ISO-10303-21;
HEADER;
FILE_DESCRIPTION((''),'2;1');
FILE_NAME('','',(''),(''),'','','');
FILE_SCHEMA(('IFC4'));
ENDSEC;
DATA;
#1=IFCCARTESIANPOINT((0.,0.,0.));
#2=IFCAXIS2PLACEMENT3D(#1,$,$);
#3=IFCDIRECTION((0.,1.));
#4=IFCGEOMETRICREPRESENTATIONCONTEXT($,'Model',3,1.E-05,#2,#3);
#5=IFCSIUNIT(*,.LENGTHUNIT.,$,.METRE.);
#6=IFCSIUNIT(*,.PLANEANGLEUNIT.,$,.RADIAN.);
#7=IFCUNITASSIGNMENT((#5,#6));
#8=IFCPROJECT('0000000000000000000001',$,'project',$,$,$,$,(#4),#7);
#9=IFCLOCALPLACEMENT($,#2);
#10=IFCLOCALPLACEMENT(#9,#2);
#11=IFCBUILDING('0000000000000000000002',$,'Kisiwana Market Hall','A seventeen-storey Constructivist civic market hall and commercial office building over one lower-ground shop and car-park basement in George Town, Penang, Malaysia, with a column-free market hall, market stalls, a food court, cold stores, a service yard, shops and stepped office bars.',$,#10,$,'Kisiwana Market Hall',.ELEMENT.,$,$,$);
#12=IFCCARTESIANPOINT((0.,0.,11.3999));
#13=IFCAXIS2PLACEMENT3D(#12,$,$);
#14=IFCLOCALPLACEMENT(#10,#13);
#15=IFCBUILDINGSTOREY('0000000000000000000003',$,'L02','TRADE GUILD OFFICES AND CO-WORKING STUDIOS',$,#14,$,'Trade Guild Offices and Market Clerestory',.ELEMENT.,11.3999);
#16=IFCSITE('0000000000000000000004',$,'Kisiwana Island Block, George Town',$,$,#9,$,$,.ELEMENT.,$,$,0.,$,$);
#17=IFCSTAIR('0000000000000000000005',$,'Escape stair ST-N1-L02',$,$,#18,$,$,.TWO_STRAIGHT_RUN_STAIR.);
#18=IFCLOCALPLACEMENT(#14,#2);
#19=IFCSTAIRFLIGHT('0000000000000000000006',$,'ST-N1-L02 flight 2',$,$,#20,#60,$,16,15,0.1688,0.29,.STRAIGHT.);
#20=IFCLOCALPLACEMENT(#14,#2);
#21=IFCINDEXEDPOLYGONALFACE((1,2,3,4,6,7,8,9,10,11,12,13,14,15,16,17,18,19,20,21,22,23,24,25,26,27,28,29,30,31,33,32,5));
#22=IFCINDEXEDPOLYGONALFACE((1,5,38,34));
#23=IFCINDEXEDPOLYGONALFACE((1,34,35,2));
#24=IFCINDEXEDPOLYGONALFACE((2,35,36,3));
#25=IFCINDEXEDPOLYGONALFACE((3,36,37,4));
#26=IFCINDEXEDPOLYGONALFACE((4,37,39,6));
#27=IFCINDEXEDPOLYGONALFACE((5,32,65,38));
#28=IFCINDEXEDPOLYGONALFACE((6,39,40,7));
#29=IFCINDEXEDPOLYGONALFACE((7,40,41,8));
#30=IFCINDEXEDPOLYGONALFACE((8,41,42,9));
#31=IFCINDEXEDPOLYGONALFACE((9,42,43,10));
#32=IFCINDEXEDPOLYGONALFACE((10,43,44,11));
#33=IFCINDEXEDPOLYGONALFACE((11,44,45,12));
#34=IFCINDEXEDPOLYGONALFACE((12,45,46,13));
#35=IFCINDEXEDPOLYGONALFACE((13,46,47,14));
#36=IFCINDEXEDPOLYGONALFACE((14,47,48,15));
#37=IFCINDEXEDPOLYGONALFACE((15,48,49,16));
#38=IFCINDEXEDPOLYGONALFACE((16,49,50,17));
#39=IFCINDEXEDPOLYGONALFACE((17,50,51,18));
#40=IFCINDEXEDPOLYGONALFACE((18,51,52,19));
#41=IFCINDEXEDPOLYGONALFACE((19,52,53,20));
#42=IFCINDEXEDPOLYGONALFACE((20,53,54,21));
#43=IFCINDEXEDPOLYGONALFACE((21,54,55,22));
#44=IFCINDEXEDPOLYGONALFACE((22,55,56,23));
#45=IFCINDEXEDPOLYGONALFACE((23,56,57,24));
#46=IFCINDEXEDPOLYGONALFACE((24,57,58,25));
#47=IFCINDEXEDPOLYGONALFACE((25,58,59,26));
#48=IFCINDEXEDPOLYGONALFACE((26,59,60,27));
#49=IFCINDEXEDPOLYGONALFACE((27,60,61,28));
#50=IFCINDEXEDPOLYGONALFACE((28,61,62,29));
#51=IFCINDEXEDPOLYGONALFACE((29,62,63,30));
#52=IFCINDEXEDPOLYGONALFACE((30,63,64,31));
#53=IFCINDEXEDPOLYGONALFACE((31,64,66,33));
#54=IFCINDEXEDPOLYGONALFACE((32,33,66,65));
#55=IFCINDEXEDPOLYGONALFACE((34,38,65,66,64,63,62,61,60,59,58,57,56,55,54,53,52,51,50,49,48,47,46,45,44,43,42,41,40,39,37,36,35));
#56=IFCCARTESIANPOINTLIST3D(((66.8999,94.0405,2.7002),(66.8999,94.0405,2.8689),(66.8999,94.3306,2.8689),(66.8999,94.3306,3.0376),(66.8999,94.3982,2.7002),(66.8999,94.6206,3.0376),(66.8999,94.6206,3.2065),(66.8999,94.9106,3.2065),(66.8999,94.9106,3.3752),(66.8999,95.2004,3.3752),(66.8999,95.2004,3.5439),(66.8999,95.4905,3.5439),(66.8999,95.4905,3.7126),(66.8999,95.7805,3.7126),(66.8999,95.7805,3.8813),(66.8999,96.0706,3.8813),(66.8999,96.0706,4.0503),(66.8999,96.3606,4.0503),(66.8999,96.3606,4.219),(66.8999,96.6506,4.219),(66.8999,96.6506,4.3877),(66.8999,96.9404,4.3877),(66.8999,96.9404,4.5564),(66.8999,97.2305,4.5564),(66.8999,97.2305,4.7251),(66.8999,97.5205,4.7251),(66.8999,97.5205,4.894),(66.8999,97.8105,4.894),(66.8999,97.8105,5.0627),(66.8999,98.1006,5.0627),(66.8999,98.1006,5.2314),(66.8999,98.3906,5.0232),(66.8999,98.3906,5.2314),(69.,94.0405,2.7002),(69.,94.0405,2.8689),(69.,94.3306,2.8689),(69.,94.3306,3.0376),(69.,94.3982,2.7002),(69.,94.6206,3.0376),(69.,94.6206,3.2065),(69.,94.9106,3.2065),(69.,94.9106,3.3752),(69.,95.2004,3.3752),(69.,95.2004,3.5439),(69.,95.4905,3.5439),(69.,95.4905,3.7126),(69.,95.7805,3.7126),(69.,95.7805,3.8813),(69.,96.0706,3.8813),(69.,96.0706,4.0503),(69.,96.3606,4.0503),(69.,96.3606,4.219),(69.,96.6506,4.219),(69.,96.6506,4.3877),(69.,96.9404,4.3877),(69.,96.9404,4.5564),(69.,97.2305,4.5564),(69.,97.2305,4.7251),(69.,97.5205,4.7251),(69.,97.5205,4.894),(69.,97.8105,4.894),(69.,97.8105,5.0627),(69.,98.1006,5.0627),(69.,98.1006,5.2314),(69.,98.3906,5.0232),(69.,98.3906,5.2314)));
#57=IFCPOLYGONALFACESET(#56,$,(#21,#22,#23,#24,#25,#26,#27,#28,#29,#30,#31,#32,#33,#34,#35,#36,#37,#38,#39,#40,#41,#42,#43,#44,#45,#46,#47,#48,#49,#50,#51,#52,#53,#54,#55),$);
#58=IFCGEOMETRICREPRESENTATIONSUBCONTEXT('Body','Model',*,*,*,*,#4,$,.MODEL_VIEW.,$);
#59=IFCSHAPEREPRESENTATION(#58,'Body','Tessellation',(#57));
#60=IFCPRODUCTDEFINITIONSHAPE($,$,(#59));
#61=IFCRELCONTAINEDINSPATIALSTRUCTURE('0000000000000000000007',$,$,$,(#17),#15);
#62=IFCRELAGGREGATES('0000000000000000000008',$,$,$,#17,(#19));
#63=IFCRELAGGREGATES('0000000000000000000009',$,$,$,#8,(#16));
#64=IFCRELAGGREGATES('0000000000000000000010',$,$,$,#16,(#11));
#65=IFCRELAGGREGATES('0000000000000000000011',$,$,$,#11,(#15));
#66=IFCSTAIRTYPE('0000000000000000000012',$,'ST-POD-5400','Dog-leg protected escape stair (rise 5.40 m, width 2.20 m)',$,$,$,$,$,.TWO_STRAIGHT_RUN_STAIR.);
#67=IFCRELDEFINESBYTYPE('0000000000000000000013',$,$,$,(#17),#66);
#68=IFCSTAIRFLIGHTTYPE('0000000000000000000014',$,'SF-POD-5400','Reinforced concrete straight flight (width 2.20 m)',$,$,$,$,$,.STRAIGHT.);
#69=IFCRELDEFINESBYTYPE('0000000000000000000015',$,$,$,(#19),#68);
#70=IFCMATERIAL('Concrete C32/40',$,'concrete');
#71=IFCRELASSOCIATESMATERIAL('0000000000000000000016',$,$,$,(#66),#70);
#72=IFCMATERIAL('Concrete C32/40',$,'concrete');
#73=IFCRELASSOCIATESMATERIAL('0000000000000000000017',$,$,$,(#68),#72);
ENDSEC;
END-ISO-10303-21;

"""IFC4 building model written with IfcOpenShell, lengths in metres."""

from ifc_helpers import new_model, si_unit, direction, frame, origin, place, context, subcontext, project, spatial, polyline, outline, extrude, material, type_object, element, aggregate, save


model = new_model("IFC4")

# Units and contexts
model_context = context("Model", 3, precision=1e-05, world=origin(), true_north=direction((0.0, 1.0)))
body_context = subcontext(model_context, "Body", "Model", "MODEL_VIEW")
ifc_project = project(units=[si_unit("LENGTHUNIT", "METRE"), si_unit("PLANEANGLEUNIT", "RADIAN")], contexts=[model_context])

# Site, building, storey
site_placement = place(None, origin())
site = spatial("IfcSite", under=ifc_project, at=site_placement, Name="Kisiwana Island Block, George Town", CompositionType="ELEMENT", RefElevation=0.0)
building_placement = place(site_placement, origin())
building = spatial("IfcBuilding", under=site, at=building_placement, Name="Kisiwana Market Hall", Description="A seventeen-storey Constructivist civic market hall and commercial office building over one lower-ground shop and car-park basement in George Town, Penang, Malaysia, with a column-free market hall, market stalls, a food court, cold stores, a service yard, shops and stepped office bars.", LongName="Kisiwana Market Hall", CompositionType="ELEMENT")
storey_placement = place(building_placement, frame((0.0, 0.0, 11.3999)))
storey = spatial("IfcBuildingStorey", under=building, at=storey_placement, Name="L02", Description="TRADE GUILD OFFICES AND CO-WORKING STUDIOS", LongName="Trade Guild Offices and Market Clerestory", CompositionType="ELEMENT", Elevation=11.3999)

# Stair, stair flight
ifc_material_1 = material(Name="Concrete C32/40", Category="concrete")
stair_type = type_object("IfcStairType", Name="ST-POD-5400", Description="Dog-leg protected escape stair (rise 5.40 m, width 2.20 m)", PredefinedType="TWO_STRAIGHT_RUN_STAIR", material=ifc_material_1)
stair_placement = place(storey_placement, origin())
stair = element("IfcStair", 1, at=stair_placement, inside=storey, type_object=stair_type, Name="Escape stair ST-N1-L02", PredefinedType="TWO_STRAIGHT_RUN_STAIR")
ifc_material_2 = material(Name="Concrete C32/40", Category="concrete")
stair_flight_type = type_object("IfcStairFlightType", Name="SF-POD-5400", Description="Reinforced concrete straight flight (width 2.20 m)", PredefinedType="STRAIGHT", material=ifc_material_2)
stair_flight_1_placement = place(storey_placement, frame((67.95, 94.0405, 2.7002), z_axis=(0.0, 0.0, 1.0), x_axis=(0.0, 1.0, 0.0)))
stair_flight_1 = element("IfcStairFlight", 2, at=stair_flight_1_placement, type_object=stair_flight_type, Name="ST-N1-L02 flight 2", NumberOfRisers=16, NumberOfTreads=15, PredefinedType="STRAIGHT", RiserHeight=0.1688, TreadLength=0.29, context=body_context, shape_type="SweptSolid", body=[
    extrude(outline(polyline([(0.0, 0.0), (0.0, 0.1687), (0.29, 0.1687), (0.29, 0.3374), (0.5801, 0.3374), (0.5801, 0.5063), (0.8701, 0.5063), (0.8701, 0.675), (1.1599, 0.675), (1.1599, 0.8438), (1.45, 0.8438), (1.45, 1.0125), (1.74, 1.0125), (1.74, 1.1812), (2.03, 1.1812), (2.03, 1.3501), (2.3201, 1.3501), (2.3201, 1.5188), (2.6101, 1.5188), (2.6101, 1.6875), (2.8999, 1.6875), (2.8999, 1.8562), (3.1899, 1.8562), (3.1899, 2.0249), (3.48, 2.0249), (3.48, 2.1938), (3.77, 2.1938), (3.77, 2.3625), (4.0601, 2.3625), (4.0601, 2.5312), (4.3501, 2.5312), (4.3501, 2.7), (4.3501, 2.323), (0.3577, 0.0), (0.0, 0.0)])), frame((0.0, 1.05, 0.0), z_axis=(0.0, -1.0, 0.0), x_axis=(1.0, 0.0, 0.0)), (0.0, 0.0, 1.0), 2.1001),
])
aggregate(stair, [stair_flight_1])

save(model, "model.ifc")
